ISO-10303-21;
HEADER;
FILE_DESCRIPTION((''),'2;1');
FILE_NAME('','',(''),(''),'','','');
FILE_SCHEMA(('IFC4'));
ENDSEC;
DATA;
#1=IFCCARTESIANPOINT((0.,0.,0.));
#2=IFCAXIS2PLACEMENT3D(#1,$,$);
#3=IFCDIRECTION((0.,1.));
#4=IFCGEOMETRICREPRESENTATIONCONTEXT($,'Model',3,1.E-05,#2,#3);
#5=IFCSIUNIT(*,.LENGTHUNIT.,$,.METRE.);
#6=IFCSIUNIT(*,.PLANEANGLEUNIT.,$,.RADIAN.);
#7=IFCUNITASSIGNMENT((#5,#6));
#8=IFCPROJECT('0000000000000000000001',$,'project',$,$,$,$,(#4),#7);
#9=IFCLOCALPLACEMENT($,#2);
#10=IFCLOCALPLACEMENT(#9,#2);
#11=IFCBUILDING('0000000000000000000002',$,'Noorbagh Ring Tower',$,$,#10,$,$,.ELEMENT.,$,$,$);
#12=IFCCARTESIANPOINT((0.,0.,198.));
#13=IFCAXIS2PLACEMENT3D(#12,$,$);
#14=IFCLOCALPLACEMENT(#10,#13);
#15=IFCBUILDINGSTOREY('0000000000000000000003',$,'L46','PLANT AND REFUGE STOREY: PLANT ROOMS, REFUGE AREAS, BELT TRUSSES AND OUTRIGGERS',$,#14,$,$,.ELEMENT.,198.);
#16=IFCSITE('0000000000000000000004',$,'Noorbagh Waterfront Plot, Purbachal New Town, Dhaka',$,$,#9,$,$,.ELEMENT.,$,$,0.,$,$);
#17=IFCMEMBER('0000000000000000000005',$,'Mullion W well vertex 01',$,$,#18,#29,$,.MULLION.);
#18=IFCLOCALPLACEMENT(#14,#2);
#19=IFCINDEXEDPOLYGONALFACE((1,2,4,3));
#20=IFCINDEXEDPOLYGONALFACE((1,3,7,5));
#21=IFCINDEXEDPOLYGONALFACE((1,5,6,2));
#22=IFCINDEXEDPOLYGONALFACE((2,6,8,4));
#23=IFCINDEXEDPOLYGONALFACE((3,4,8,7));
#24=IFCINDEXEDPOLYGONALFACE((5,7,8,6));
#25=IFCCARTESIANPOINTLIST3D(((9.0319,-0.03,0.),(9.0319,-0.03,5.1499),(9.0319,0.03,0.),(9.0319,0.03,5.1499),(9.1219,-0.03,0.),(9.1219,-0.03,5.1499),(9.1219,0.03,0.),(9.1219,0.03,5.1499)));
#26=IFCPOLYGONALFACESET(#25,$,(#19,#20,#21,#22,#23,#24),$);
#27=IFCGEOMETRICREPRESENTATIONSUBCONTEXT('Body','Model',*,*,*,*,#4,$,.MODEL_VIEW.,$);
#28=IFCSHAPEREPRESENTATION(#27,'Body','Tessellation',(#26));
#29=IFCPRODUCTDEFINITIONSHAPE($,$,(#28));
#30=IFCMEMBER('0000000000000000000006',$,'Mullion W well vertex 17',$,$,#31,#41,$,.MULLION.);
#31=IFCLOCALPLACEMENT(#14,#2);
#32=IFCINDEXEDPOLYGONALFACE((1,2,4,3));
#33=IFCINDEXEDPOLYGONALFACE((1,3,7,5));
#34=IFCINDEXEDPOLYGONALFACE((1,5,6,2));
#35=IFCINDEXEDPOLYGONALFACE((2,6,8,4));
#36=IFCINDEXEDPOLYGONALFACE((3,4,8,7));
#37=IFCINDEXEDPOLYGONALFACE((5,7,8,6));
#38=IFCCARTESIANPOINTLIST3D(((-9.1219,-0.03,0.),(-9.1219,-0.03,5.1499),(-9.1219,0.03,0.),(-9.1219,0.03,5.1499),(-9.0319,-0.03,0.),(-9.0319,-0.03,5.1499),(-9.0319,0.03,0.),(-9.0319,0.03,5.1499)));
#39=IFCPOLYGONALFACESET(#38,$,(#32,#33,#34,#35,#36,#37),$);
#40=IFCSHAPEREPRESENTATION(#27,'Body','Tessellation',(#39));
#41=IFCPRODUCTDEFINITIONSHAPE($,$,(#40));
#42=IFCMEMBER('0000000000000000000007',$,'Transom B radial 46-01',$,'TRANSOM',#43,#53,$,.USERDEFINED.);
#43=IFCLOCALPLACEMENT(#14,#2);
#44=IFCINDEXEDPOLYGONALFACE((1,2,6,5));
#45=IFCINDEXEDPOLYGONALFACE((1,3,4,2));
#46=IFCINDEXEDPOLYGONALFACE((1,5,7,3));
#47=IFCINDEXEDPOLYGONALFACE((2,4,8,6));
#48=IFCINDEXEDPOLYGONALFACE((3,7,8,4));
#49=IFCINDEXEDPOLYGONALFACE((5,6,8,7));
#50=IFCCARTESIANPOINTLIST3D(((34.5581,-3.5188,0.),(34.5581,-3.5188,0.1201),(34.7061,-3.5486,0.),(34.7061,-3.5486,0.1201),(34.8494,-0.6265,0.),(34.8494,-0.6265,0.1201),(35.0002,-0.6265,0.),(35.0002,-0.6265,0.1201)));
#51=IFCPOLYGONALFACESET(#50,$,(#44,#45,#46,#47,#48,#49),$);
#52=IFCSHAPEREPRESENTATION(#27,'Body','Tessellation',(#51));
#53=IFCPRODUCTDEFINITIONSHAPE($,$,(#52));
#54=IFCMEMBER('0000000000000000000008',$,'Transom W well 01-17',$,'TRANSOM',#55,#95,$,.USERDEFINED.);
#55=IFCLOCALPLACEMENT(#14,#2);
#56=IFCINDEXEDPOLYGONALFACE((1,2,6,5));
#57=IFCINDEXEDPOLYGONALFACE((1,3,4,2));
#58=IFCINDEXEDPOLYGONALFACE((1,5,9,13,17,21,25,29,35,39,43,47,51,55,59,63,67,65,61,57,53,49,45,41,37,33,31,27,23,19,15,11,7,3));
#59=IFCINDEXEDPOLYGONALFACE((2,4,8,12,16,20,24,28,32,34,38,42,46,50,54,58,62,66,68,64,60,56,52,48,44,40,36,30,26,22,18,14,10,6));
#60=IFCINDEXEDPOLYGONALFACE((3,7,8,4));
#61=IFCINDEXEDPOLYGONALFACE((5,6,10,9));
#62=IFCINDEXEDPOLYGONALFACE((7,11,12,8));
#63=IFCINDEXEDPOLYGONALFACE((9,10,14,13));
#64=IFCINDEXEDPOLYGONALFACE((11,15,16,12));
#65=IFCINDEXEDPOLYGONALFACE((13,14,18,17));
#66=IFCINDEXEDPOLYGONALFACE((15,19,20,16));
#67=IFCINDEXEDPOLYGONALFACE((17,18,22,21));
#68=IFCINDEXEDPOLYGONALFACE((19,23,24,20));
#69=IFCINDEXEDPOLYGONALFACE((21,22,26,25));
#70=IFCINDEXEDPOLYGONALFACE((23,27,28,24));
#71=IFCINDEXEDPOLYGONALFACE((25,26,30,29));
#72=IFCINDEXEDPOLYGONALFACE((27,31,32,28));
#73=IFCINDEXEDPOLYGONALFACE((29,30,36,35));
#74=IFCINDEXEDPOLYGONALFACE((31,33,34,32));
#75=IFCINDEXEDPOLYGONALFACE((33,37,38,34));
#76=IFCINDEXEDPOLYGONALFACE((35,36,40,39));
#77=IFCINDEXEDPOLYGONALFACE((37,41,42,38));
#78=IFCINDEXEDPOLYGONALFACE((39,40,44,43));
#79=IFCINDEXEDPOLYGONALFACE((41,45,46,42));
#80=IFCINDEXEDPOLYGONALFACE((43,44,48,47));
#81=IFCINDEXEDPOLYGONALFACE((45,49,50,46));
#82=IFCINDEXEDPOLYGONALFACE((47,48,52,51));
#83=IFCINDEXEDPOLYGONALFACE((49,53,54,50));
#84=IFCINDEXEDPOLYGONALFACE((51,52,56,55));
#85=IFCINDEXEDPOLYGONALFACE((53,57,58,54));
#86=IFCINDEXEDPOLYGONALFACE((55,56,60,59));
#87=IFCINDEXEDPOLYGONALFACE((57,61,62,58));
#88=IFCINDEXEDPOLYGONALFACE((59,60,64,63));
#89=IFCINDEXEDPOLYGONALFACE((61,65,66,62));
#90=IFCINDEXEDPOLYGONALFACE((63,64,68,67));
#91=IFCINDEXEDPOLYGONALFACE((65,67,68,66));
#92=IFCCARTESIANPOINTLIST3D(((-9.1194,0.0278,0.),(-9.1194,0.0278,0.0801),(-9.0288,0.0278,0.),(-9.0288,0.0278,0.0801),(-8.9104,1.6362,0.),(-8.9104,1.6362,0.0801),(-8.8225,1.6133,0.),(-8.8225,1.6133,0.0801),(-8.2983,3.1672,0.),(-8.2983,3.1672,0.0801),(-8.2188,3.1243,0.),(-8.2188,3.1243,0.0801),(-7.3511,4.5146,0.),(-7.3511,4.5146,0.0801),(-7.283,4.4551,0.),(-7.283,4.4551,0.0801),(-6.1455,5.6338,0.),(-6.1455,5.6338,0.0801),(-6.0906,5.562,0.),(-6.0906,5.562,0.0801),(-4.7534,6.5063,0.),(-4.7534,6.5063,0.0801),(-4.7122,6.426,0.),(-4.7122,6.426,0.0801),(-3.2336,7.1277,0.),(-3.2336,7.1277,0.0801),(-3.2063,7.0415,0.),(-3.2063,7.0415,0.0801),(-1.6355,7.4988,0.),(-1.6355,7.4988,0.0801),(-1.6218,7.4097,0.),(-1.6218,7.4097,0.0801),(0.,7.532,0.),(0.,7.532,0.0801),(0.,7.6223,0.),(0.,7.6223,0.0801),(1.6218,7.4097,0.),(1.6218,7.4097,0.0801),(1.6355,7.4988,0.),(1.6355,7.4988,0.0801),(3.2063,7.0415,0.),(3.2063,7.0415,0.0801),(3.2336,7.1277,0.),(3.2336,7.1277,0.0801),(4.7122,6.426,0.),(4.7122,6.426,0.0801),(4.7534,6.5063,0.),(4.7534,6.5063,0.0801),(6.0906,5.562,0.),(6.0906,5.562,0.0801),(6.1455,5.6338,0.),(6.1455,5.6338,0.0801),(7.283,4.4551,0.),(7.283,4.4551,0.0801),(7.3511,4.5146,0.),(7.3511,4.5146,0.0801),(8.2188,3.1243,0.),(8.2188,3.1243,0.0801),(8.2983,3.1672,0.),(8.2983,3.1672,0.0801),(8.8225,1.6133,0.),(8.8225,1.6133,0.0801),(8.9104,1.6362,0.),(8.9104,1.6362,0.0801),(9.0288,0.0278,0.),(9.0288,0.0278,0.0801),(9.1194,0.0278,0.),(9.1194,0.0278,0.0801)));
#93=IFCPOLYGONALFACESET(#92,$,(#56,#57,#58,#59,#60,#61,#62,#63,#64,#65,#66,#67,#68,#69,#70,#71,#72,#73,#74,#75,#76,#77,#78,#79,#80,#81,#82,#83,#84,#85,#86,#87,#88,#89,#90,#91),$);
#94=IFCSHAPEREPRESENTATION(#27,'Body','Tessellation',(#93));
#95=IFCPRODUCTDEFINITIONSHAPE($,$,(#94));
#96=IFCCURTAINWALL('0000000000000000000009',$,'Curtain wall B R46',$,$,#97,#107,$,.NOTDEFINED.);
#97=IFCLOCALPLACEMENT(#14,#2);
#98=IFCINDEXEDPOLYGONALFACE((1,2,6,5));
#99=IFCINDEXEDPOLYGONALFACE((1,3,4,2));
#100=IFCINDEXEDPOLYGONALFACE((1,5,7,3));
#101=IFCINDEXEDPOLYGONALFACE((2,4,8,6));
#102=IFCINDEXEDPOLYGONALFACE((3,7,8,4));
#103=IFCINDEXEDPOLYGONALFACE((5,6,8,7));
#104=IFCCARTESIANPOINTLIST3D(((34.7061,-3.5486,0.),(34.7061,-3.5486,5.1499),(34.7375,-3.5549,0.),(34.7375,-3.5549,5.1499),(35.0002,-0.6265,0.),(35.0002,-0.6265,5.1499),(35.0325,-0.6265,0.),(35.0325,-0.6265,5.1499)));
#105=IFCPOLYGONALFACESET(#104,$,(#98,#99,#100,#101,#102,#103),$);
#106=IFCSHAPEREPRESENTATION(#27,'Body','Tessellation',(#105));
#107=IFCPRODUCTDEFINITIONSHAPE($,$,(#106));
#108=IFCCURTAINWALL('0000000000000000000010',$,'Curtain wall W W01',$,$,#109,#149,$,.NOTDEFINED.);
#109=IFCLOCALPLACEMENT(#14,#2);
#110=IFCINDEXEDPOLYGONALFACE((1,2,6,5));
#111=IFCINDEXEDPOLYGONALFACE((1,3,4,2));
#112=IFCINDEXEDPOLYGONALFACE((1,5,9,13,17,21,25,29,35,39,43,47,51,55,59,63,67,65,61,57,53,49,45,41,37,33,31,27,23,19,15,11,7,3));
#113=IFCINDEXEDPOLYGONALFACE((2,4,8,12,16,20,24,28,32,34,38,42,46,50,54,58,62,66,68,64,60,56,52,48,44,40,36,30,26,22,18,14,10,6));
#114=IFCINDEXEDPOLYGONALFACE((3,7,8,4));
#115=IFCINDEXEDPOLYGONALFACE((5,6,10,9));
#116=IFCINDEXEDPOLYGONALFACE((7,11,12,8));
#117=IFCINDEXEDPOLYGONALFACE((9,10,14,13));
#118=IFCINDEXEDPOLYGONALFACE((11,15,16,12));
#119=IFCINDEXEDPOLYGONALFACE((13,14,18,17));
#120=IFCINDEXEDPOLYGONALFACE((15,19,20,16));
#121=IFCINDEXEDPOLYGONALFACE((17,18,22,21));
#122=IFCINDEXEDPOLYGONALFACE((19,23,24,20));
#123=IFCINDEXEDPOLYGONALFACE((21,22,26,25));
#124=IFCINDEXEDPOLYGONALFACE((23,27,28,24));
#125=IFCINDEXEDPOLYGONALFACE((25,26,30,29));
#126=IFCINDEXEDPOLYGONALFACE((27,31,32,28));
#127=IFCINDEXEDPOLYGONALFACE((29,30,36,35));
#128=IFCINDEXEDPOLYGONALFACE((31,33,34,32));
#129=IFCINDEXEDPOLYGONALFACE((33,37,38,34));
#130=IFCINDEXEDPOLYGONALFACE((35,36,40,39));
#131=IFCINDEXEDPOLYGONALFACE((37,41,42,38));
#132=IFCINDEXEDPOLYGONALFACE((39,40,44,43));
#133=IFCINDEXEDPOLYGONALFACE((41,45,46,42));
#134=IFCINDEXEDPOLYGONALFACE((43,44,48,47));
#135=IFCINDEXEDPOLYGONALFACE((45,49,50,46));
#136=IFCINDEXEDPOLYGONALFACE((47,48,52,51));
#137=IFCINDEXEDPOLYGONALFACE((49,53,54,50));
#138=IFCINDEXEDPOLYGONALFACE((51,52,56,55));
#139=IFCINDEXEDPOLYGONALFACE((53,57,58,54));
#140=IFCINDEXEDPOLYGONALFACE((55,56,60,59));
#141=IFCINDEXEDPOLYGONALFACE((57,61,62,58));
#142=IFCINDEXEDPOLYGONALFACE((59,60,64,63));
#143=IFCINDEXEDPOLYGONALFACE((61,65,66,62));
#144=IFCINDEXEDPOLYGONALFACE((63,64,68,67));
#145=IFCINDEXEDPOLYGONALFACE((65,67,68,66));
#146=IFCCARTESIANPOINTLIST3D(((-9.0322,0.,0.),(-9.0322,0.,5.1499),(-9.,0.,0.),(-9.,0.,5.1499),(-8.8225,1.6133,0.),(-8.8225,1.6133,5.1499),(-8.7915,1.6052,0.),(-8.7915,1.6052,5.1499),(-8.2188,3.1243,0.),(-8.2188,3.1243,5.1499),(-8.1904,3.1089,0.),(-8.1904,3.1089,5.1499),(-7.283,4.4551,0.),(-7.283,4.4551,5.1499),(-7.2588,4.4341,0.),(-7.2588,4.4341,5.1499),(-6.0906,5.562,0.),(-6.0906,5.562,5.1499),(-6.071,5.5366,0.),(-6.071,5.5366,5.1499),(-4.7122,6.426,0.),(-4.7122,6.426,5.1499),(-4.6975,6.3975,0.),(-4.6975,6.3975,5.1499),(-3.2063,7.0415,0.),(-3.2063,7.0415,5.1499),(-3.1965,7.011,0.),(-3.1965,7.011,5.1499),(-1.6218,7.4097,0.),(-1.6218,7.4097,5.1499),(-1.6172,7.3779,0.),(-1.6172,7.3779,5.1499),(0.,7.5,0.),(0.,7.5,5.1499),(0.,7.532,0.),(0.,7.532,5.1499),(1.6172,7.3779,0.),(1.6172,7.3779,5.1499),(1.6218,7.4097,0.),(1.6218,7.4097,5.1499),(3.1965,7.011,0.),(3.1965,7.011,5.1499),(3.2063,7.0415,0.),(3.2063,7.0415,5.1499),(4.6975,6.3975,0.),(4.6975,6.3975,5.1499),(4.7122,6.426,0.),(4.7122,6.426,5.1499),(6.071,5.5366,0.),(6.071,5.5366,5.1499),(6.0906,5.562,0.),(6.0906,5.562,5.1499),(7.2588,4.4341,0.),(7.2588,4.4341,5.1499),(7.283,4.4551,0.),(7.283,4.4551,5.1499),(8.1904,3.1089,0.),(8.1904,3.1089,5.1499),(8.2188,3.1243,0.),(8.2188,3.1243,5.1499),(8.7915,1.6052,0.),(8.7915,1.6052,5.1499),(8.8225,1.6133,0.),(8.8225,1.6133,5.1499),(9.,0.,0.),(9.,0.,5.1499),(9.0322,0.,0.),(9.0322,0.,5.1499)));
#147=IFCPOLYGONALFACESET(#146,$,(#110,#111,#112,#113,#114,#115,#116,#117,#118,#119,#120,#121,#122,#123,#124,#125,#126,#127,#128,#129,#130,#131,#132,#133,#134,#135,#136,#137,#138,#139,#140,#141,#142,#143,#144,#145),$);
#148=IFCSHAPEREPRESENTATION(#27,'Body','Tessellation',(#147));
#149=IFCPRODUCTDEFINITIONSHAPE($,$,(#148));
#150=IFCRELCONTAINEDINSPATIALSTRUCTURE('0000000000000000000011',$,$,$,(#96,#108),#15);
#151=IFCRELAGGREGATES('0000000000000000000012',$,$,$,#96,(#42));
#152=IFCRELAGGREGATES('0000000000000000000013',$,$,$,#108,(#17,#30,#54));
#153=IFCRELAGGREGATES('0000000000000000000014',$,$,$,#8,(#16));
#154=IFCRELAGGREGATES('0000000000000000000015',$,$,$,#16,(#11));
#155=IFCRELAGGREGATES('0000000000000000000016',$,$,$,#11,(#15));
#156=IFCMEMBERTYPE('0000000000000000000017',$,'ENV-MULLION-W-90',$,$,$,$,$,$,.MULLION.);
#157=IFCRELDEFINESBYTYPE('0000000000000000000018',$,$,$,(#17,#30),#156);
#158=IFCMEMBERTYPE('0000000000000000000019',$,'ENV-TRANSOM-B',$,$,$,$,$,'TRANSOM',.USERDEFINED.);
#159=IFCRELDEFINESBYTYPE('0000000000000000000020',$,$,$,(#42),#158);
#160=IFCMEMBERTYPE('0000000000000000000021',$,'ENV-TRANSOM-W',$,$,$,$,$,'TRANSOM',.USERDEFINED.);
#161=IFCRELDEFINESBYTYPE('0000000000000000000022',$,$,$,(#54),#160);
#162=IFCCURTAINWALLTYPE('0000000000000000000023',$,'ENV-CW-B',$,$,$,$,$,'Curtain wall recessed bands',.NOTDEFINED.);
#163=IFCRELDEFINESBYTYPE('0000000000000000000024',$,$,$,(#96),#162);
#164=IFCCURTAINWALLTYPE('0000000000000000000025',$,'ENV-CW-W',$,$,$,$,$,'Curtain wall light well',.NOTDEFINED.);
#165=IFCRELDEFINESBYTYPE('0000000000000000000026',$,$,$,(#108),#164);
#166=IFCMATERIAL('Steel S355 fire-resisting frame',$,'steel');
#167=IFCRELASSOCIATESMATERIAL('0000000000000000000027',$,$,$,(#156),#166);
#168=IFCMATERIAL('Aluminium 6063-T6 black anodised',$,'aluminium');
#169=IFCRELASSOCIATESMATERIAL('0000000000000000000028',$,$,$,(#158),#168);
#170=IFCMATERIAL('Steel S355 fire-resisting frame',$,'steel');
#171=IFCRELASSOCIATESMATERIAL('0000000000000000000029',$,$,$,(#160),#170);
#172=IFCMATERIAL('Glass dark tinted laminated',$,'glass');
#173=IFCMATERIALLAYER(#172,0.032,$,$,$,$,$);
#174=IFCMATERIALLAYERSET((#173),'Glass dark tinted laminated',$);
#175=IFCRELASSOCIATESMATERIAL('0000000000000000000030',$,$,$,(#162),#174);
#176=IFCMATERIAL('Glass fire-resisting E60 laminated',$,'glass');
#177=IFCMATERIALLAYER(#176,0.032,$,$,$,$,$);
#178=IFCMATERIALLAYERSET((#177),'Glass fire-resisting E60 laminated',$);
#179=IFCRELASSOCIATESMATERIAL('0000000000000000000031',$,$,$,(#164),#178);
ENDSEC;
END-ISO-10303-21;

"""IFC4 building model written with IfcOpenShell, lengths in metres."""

from ifc_helpers import new_model, si_unit, direction, frame, origin, origin_2d, place, context, subcontext, project, spatial, polyline, rectangle, outline, extrude, material, layer, layer_set, material_profile, profile_set, type_object, element, aggregate, save


model = new_model("IFC4")

# Units and contexts
model_context = context("Model", 3, precision=1e-05, world=origin(), true_north=direction((0.0, 1.0)))
body_context = subcontext(model_context, "Body", "Model", "MODEL_VIEW")
ifc_project = project(units=[si_unit("LENGTHUNIT", "METRE"), si_unit("PLANEANGLEUNIT", "RADIAN")], contexts=[model_context])

# Members
site_placement = place(None, origin())
building_placement = place(site_placement, origin())
storey_placement = place(building_placement, frame((0.0, 0.0, 198.0)))
ifc_material_1 = material(Name="Steel S355 fire-resisting frame", Category="steel")
ifc_material_profile_1 = material_profile(ifc_material_1, rectangle(XDim=0.0901, YDim=0.0601, at=origin_2d()), Name="90x60")
ifc_profile_set_1 = profile_set([ifc_material_profile_1], Name="Steel S355 fire-resisting frame")
member_type_1 = type_object("IfcMemberType", Name="ENV-MULLION-W-90", PredefinedType="MULLION", material=ifc_profile_set_1)
member_1_placement = place(storey_placement, frame((9.0769, 0.0, 0.0), z_axis=(0.0, 0.0, 1.0), x_axis=(1.0, 0.0, 0.0)))
member_1 = element("IfcMember", 1, at=member_1_placement, type_object=member_type_1, Name="Mullion W well vertex 01", PredefinedType="MULLION", context=body_context, shape_type="SweptSolid", body=[
    extrude(rectangle(XDim=0.0901, YDim=0.0601, at=origin_2d()), origin(), (0.0, 0.0, 1.0), 5.1499),
])
member_2_placement = place(storey_placement, frame((-9.0769, 0.0, 0.0), z_axis=(0.0, 0.0, 1.0), x_axis=(-1.0, 0.0, 0.0)))
member_2 = element("IfcMember", 2, at=member_2_placement, type_object=member_type_1, Name="Mullion W well vertex 17", PredefinedType="MULLION", context=body_context, shape_type="SweptSolid", body=[
    extrude(rectangle(XDim=0.0901, YDim=0.0601, at=origin_2d()), origin(), (0.0, 0.0, 1.0), 5.1499),
])
ifc_material_2 = material(Name="Aluminium 6063-T6 black anodised", Category="aluminium")
member_type_2 = type_object("IfcMemberType", Name="ENV-TRANSOM-B", ElementType="TRANSOM", PredefinedType="USERDEFINED", material=ifc_material_2)
member_3_placement = place(storey_placement, origin())
member_3 = element("IfcMember", 3, at=member_3_placement, type_object=member_type_2, Name="Transom B radial 46-01", ObjectType="TRANSOM", PredefinedType="USERDEFINED", context=body_context, shape_type="SweptSolid", body=[
    extrude(outline(polyline([(34.7061, -3.5486), (35.0002, -0.6265), (34.8494, -0.6265), (34.5581, -3.5188), (34.7061, -3.5486)])), origin(), (0.0, 0.0, 1.0), 0.1201),
])
ifc_material_3 = material(Name="Steel S355 fire-resisting frame", Category="steel")
member_type_3 = type_object("IfcMemberType", Name="ENV-TRANSOM-W", ElementType="TRANSOM", PredefinedType="USERDEFINED", material=ifc_material_3)
member_4_placement = place(storey_placement, origin())
member_4 = element("IfcMember", 4, at=member_4_placement, type_object=member_type_3, Name="Transom W well 01-17", ObjectType="TRANSOM", PredefinedType="USERDEFINED", context=body_context, shape_type="SweptSolid", body=[
    extrude(outline(polyline([(9.1194, 0.0278), (8.9104, 1.6362), (8.2983, 3.1672), (7.3511, 4.5146), (6.1455, 5.6338), (4.7534, 6.5063), (3.2336, 7.1277), (1.6355, 7.4988), (0.0, 7.6223), (-1.6355, 7.4988), (-3.2336, 7.1277), (-4.7534, 6.5063), (-6.1455, 5.6338), (-7.3511, 4.5146), (-8.2983, 3.1672), (-8.9104, 1.6362), (-9.1194, 0.0278), (-9.0288, 0.0278), (-8.8225, 1.6133), (-8.2188, 3.1243), (-7.283, 4.4551), (-6.0906, 5.562), (-4.7122, 6.426), (-3.2063, 7.0415), (-1.6218, 7.4097), (0.0, 7.532), (1.6218, 7.4097), (3.2063, 7.0415), (4.7122, 6.426), (6.0906, 5.562), (7.283, 4.4551), (8.2188, 3.1243), (8.8225, 1.6133), (9.0288, 0.0278), (9.1194, 0.0278)])), origin(), (0.0, 0.0, 1.0), 0.0801),
])

# Site, building, storey
site = spatial("IfcSite", under=ifc_project, at=site_placement, Name="Noorbagh Waterfront Plot, Purbachal New Town, Dhaka", CompositionType="ELEMENT", RefElevation=0.0)
building = spatial("IfcBuilding", under=site, at=building_placement, Name="Noorbagh Ring Tower", CompositionType="ELEMENT")
storey = spatial("IfcBuildingStorey", under=building, at=storey_placement, Name="L46", Description="PLANT AND REFUGE STOREY: PLANT ROOMS, REFUGE AREAS, BELT TRUSSES AND OUTRIGGERS", CompositionType="ELEMENT", Elevation=198.0)

# Curtain walls
ifc_material_4 = material(Name="Glass dark tinted laminated", Category="glass")
ifc_layer_1 = layer(ifc_material_4, 0.032)
ifc_layer_set_1 = layer_set([ifc_layer_1], Name="Glass dark tinted laminated")
curtain_wall_type_1 = type_object("IfcCurtainWallType", Name="ENV-CW-B", ElementType="Curtain wall recessed bands", PredefinedType="NOTDEFINED", material=ifc_layer_set_1)
curtain_wall_1_placement = place(storey_placement, origin())
curtain_wall_1 = element("IfcCurtainWall", 5, at=curtain_wall_1_placement, inside=storey, type_object=curtain_wall_type_1, Name="Curtain wall B R46", PredefinedType="NOTDEFINED", context=body_context, shape_type="SweptSolid", body=[
    extrude(outline(polyline([(34.7375, -3.5549), (35.0325, -0.6265), (35.0002, -0.6265), (34.7061, -3.5486), (34.7375, -3.5549)])), origin(), (0.0, 0.0, 1.0), 5.1499),
])
aggregate(curtain_wall_1, [member_3])
ifc_material_5 = material(Name="Glass fire-resisting E60 laminated", Category="glass")
ifc_layer_2 = layer(ifc_material_5, 0.032)
ifc_layer_set_2 = layer_set([ifc_layer_2], Name="Glass fire-resisting E60 laminated")
curtain_wall_type_2 = type_object("IfcCurtainWallType", Name="ENV-CW-W", ElementType="Curtain wall light well", PredefinedType="NOTDEFINED", material=ifc_layer_set_2)
curtain_wall_2_placement = place(storey_placement, origin())
curtain_wall_2 = element("IfcCurtainWall", 6, at=curtain_wall_2_placement, inside=storey, type_object=curtain_wall_type_2, Name="Curtain wall W W01", PredefinedType="NOTDEFINED", context=body_context, shape_type="SweptSolid", body=[
    extrude(outline(polyline([(9.0322, 0.0), (8.8225, 1.6133), (8.2188, 3.1243), (7.283, 4.4551), (6.0906, 5.562), (4.7122, 6.426), (3.2063, 7.0415), (1.6218, 7.4097), (0.0, 7.532), (-1.6218, 7.4097), (-3.2063, 7.0415), (-4.7122, 6.426), (-6.0906, 5.562), (-7.283, 4.4551), (-8.2188, 3.1243), (-8.8225, 1.6133), (-9.0322, 0.0), (-9.0, 0.0), (-8.7915, 1.6052), (-8.1904, 3.1089), (-7.2588, 4.4341), (-6.071, 5.5366), (-4.6975, 6.3975), (-3.1965, 7.011), (-1.6172, 7.3779), (0.0, 7.5), (1.6172, 7.3779), (3.1965, 7.011), (4.6975, 6.3975), (6.071, 5.5366), (7.2588, 4.4341), (8.1904, 3.1089), (8.7915, 1.6052), (9.0, 0.0), (9.0322, 0.0)])), origin(), (0.0, 0.0, 1.0), 5.1499),
])
aggregate(curtain_wall_2, [member_1, member_2, member_4])

save(model, "model.ifc")
